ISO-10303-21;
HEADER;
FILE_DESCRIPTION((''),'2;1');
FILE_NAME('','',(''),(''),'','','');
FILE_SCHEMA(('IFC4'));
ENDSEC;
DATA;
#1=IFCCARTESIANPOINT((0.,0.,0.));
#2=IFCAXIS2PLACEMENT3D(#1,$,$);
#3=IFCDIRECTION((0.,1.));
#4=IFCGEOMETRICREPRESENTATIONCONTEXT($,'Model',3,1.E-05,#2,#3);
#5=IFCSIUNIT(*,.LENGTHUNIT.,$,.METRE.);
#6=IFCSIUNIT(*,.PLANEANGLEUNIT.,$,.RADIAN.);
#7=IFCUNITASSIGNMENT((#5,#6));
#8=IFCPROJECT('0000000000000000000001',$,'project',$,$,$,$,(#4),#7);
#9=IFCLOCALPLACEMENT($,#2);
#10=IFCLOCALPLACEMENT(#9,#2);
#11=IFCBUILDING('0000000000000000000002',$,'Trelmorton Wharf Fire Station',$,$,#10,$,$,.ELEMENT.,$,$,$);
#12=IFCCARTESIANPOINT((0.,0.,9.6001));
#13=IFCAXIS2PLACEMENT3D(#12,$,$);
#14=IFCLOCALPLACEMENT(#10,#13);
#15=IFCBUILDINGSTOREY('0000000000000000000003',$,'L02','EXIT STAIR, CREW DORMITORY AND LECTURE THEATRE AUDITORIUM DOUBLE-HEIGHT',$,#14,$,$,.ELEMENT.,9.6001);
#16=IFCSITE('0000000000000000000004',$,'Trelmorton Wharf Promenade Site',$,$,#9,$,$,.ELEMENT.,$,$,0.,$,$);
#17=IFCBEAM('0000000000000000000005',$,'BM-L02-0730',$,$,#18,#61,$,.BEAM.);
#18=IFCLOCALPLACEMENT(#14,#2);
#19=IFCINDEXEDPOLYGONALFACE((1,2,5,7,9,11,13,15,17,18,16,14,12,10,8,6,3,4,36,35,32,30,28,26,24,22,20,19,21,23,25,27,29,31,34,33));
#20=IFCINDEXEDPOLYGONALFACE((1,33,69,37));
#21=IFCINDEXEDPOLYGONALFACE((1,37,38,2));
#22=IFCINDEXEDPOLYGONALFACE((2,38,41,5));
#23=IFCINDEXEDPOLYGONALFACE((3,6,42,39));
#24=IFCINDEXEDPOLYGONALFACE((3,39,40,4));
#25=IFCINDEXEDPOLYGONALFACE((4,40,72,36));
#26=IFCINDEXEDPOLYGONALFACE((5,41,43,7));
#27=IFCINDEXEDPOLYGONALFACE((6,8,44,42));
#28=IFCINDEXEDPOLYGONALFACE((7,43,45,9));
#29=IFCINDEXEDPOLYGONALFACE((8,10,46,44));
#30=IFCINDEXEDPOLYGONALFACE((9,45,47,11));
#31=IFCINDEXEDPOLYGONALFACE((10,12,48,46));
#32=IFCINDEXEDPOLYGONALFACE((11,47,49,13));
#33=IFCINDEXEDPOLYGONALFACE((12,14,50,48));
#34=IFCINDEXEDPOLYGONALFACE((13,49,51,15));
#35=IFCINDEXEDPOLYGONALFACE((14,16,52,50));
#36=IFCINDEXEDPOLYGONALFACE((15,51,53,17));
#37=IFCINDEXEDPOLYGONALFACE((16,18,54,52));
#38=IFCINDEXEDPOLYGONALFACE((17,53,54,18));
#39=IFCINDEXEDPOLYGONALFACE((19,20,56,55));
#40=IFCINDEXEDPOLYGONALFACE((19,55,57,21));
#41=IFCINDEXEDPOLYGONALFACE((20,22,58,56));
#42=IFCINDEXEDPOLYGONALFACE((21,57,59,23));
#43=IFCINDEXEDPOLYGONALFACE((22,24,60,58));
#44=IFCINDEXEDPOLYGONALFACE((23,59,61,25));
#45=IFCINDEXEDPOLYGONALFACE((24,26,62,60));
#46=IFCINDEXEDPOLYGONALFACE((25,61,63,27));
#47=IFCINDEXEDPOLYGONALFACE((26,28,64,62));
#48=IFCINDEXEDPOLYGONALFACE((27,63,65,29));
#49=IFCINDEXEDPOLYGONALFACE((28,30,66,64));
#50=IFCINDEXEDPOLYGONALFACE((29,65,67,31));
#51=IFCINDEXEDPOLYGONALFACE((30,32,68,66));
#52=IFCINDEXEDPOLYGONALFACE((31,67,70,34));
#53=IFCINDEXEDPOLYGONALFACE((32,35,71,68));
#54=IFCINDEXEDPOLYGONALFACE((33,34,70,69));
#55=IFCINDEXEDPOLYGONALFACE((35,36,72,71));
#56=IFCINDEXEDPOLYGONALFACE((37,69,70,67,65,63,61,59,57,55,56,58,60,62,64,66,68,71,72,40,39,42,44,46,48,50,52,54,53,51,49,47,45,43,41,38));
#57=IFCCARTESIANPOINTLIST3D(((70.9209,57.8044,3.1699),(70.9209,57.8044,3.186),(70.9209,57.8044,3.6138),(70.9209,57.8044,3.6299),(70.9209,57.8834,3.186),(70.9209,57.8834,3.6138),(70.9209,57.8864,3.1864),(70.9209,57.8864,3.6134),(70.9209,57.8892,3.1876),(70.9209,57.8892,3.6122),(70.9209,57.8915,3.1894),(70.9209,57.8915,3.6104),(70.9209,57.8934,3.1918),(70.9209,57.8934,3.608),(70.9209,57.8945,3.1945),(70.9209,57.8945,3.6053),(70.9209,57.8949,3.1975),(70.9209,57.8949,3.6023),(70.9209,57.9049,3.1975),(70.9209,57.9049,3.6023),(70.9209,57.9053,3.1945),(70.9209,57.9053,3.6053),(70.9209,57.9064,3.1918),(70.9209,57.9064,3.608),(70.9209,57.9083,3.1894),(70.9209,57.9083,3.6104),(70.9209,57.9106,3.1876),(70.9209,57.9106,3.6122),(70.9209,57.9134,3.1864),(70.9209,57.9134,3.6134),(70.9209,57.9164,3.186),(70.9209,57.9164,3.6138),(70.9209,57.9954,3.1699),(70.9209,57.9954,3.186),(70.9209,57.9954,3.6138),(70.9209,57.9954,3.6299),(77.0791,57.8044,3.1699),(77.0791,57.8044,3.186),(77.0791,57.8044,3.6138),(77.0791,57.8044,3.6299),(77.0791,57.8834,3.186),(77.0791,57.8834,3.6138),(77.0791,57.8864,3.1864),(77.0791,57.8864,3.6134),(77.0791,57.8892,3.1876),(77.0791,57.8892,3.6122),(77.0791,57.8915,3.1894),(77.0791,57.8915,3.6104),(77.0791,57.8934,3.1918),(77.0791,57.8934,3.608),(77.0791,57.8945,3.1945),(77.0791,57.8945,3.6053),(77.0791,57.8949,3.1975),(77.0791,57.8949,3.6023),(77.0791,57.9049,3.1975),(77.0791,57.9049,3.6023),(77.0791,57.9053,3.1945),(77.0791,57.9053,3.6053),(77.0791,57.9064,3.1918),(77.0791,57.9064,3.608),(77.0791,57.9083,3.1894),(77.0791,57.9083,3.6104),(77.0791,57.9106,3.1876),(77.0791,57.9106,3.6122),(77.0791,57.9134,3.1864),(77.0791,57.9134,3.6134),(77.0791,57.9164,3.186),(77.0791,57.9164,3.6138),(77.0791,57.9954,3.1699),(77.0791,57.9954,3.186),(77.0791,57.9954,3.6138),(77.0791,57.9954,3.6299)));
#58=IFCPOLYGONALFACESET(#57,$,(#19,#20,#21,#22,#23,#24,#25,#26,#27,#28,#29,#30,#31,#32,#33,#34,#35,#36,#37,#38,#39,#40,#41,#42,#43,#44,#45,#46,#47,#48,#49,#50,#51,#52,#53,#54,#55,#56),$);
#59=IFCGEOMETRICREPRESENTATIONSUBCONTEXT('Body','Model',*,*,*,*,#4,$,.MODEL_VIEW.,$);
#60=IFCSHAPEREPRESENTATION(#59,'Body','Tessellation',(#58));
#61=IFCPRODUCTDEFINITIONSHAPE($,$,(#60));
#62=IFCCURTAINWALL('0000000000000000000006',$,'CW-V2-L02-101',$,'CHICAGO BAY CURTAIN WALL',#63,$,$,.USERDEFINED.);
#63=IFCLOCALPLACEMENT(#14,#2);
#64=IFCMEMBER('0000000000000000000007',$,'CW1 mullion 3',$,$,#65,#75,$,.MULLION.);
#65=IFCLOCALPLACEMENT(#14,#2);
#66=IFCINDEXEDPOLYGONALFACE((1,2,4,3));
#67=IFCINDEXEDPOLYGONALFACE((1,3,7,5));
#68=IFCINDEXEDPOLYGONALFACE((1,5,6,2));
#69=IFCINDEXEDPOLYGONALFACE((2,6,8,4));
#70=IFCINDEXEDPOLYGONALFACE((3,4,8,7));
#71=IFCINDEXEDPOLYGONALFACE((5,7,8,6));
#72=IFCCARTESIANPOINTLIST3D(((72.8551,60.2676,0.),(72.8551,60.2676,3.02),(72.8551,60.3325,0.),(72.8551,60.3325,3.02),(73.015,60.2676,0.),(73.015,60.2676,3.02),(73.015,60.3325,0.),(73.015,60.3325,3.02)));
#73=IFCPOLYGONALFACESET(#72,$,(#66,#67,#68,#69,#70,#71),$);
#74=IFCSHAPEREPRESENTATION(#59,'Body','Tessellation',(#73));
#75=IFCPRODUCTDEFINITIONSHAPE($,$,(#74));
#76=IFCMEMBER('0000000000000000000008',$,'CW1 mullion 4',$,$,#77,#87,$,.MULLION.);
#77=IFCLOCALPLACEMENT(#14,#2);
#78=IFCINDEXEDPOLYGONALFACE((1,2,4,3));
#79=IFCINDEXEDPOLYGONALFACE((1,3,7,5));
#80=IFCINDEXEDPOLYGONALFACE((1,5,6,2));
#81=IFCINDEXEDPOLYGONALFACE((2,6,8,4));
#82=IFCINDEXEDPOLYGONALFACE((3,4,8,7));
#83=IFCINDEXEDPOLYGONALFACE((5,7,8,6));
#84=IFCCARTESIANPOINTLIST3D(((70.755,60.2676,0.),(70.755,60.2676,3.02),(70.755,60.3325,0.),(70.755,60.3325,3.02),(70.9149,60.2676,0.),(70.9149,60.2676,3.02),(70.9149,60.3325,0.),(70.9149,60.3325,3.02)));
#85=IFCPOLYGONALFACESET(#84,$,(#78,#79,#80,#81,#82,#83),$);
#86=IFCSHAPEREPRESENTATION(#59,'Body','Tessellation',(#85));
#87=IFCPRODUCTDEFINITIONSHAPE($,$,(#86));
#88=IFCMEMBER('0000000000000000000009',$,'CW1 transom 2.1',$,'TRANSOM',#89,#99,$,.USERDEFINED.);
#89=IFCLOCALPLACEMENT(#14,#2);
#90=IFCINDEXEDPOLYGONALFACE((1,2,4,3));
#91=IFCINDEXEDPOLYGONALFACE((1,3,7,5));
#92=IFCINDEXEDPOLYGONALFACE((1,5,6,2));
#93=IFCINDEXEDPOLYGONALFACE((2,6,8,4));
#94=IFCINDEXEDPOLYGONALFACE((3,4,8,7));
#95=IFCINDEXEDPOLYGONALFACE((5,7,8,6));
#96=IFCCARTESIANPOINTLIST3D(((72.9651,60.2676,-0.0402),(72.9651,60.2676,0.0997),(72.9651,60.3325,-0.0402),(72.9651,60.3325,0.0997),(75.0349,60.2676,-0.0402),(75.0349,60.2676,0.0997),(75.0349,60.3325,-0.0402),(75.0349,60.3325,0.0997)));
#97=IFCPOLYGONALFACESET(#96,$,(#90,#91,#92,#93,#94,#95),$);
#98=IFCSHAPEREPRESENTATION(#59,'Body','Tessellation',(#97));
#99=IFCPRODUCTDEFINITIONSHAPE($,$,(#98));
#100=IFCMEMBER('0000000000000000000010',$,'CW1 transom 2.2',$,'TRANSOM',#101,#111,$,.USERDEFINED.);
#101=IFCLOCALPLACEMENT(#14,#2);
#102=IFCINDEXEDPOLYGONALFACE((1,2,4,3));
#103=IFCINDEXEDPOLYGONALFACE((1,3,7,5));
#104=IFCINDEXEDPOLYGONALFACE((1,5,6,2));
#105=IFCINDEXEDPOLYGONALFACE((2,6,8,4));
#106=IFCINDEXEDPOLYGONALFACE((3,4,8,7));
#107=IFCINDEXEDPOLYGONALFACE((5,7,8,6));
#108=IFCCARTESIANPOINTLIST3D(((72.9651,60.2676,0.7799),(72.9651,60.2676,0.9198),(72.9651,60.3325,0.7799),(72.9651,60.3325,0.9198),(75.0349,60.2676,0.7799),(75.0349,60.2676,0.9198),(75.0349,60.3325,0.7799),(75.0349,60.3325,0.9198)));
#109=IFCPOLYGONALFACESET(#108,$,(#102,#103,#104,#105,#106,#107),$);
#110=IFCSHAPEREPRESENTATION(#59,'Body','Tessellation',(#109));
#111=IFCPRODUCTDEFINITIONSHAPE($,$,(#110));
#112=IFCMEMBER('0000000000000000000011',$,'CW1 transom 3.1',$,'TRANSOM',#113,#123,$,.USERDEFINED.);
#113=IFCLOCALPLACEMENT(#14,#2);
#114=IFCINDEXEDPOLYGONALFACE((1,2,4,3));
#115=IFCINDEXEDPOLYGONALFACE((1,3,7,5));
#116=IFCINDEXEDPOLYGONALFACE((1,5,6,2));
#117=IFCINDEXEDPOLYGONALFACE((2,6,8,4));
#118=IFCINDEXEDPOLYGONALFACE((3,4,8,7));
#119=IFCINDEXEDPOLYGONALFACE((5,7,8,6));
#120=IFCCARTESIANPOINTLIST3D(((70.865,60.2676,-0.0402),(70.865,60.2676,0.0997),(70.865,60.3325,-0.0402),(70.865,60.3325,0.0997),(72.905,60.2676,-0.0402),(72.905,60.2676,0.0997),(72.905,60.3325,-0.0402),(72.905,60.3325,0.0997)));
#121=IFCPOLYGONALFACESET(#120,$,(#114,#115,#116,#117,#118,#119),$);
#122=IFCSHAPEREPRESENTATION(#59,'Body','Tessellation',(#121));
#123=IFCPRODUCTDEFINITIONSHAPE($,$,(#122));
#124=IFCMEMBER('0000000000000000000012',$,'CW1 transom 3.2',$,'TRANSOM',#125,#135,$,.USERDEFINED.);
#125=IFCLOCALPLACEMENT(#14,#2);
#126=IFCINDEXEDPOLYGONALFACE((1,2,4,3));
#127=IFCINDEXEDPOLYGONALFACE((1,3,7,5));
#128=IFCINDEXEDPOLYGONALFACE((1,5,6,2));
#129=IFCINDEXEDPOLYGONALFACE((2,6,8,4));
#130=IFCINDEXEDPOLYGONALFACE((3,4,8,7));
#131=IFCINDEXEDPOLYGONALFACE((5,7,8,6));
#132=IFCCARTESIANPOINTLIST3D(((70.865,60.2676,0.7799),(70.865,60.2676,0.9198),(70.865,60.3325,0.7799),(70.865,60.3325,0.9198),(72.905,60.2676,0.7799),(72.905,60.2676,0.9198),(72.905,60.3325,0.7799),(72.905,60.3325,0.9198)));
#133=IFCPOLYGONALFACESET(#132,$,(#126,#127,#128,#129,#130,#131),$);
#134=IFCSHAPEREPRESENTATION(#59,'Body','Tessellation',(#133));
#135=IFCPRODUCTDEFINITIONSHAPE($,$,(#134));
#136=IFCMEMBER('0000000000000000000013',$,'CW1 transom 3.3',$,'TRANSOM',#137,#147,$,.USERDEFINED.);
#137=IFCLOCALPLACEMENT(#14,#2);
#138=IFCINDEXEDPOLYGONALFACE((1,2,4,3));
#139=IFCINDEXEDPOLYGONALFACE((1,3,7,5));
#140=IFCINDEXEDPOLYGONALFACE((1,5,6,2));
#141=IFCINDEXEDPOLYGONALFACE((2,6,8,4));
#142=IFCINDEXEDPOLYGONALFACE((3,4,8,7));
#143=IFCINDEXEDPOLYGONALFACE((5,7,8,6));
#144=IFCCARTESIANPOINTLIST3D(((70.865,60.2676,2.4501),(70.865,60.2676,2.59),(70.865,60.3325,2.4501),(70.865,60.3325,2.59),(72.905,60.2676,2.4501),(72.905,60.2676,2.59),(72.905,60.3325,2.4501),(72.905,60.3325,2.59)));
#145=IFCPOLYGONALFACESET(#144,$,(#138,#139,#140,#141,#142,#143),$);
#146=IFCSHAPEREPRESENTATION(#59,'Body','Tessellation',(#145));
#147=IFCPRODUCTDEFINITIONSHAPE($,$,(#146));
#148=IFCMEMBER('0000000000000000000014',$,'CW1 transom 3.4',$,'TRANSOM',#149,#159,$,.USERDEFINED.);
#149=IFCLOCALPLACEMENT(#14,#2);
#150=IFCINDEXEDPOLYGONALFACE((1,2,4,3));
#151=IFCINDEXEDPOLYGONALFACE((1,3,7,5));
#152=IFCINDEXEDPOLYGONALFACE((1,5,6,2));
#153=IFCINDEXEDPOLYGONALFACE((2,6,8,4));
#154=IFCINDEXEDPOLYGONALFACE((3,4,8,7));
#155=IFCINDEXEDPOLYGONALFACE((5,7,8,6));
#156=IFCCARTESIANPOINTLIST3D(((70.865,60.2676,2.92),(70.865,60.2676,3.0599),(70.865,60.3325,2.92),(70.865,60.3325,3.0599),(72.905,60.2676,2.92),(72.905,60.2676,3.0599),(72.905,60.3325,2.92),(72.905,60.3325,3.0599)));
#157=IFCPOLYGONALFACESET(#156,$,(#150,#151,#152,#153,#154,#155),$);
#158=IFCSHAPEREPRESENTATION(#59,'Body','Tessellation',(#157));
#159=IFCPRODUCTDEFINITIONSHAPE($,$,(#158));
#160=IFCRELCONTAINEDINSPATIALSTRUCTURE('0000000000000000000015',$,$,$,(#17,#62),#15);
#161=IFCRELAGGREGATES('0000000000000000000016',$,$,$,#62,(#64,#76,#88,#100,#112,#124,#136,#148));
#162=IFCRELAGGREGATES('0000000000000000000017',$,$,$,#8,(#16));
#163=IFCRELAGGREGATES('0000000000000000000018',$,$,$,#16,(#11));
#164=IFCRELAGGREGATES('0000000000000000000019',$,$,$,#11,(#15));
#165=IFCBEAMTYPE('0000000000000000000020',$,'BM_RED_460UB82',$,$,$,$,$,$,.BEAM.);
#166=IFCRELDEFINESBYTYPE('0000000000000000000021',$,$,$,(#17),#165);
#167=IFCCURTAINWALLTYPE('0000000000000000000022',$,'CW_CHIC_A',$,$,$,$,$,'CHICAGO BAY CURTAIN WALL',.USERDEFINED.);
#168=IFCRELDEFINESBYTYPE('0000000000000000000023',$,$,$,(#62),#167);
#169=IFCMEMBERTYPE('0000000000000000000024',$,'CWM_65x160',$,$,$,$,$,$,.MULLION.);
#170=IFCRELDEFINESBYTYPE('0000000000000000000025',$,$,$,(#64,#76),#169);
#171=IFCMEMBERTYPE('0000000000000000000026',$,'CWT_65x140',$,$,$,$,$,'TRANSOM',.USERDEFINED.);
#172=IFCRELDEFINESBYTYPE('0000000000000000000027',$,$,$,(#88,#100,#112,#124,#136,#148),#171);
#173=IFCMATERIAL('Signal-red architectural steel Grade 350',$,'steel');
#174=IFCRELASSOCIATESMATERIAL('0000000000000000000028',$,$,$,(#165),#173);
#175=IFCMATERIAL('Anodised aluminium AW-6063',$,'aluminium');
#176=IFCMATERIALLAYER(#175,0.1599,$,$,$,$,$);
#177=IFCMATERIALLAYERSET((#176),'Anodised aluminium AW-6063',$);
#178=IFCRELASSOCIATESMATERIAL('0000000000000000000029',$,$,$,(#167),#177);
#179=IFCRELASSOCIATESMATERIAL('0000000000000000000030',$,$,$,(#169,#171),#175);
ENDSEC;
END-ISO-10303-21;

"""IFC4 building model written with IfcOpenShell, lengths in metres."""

from ifc_helpers import new_model, si_unit, direction, frame, origin, origin_2d, place, context, subcontext, project, spatial, rectangle, i_section, extrude, material, layer, layer_set, material_profile, profile_set, type_object, element, aggregate, save


model = new_model("IFC4")

# Units and contexts
model_context = context("Model", 3, precision=1e-05, world=origin(), true_north=direction((0.0, 1.0)))
body_context = subcontext(model_context, "Body", "Model", "MODEL_VIEW")
ifc_project = project(units=[si_unit("LENGTHUNIT", "METRE"), si_unit("PLANEANGLEUNIT", "RADIAN")], contexts=[model_context])

# Site, building, storey
site_placement = place(None, origin())
site = spatial("IfcSite", under=ifc_project, at=site_placement, Name="Trelmorton Wharf Promenade Site", CompositionType="ELEMENT", RefElevation=0.0)
building_placement = place(site_placement, origin())
building = spatial("IfcBuilding", under=site, at=building_placement, Name="Trelmorton Wharf Fire Station", CompositionType="ELEMENT")
storey_placement = place(building_placement, frame((0.0, 0.0, 9.6001)))
storey = spatial("IfcBuildingStorey", under=building, at=storey_placement, Name="L02", Description="EXIT STAIR, CREW DORMITORY AND LECTURE THEATRE AUDITORIUM DOUBLE-HEIGHT", CompositionType="ELEMENT", Elevation=9.6001)

# Beam
ifc_material_1 = material(Name="Signal-red architectural steel Grade 350", Category="steel")
ifc_material_profile_1 = material_profile(ifc_material_1, i_section(OverallWidth=0.1909, OverallDepth=0.46, WebThickness=0.01, FlangeThickness=0.0161, FilletRadius=0.0115, at=origin_2d()), Name="460UB82.1")
ifc_profile_set_1 = profile_set([ifc_material_profile_1], Name="Signal-red architectural steel Grade 350")
beam_type_1 = type_object("IfcBeamType", Name="BM_RED_460UB82", PredefinedType="BEAM", material=ifc_profile_set_1)
beam_1_placement = place(storey_placement, frame((70.9209, 57.8999, 3.3999), z_axis=(1.0, 0.0, 0.0), x_axis=(0.0, 1.0, 0.0)))
element("IfcBeam", 1, at=beam_1_placement, inside=storey, type_object=beam_type_1, Name="BM-L02-0730", PredefinedType="BEAM", context=body_context, shape_type="SweptSolid", body=[
    extrude(i_section(OverallWidth=0.1909, OverallDepth=0.46, WebThickness=0.01, FlangeThickness=0.0161, FilletRadius=0.0115, at=origin_2d()), origin(), (0.0, 0.0, 1.0), 6.1582),
])

# Curtain wall, members
ifc_material_2 = material(Name="Anodised aluminium AW-6063", Category="aluminium")
ifc_layer_1 = layer(ifc_material_2, 0.1599)
ifc_layer_set_1 = layer_set([ifc_layer_1], Name="Anodised aluminium AW-6063")
curtain_wall_type = type_object("IfcCurtainWallType", Name="CW_CHIC_A", ElementType="CHICAGO BAY CURTAIN WALL", PredefinedType="USERDEFINED", material=ifc_layer_set_1)
curtain_wall_placement = place(storey_placement, origin())
curtain_wall = element("IfcCurtainWall", 2, at=curtain_wall_placement, inside=storey, type_object=curtain_wall_type, Name="CW-V2-L02-101", ObjectType="CHICAGO BAY CURTAIN WALL", PredefinedType="USERDEFINED")
ifc_material_profile_2 = material_profile(ifc_material_2, rectangle(XDim=0.0649, YDim=0.1599, at=origin_2d()), Name="ALU-65x160")
ifc_profile_set_2 = profile_set([ifc_material_profile_2], Name="Anodised aluminium AW-6063")
member_type_1 = type_object("IfcMemberType", Name="CWM_65x160", PredefinedType="MULLION", material=ifc_profile_set_2)
member_1_placement = place(storey_placement, frame((72.9351, 60.3, 0.0), z_axis=(0.0, 0.0, 1.0), x_axis=(0.0, -1.0, 0.0)))
member_1 = element("IfcMember", 3, at=member_1_placement, type_object=member_type_1, Name="CW1 mullion 3", PredefinedType="MULLION", context=body_context, shape_type="SweptSolid", body=[
    extrude(rectangle(XDim=0.0649, YDim=0.1599, at=origin_2d()), origin(), (0.0, 0.0, 1.0), 3.02),
])
member_2_placement = place(storey_placement, frame((70.835, 60.3, 0.0), z_axis=(0.0, 0.0, 1.0), x_axis=(0.0, -1.0, 0.0)))
member_2 = element("IfcMember", 4, at=member_2_placement, type_object=member_type_1, Name="CW1 mullion 4", PredefinedType="MULLION", context=body_context, shape_type="SweptSolid", body=[
    extrude(rectangle(XDim=0.0649, YDim=0.1599, at=origin_2d()), origin(), (0.0, 0.0, 1.0), 3.02),
])
ifc_material_profile_3 = material_profile(ifc_material_2, rectangle(XDim=0.0649, YDim=0.1399, at=origin_2d()), Name="ALU-65x140")
ifc_profile_set_3 = profile_set([ifc_material_profile_3], Name="Anodised aluminium AW-6063")
member_type_2 = type_object("IfcMemberType", Name="CWT_65x140", ElementType="TRANSOM", PredefinedType="USERDEFINED", material=ifc_profile_set_3)
member_3_placement = place(storey_placement, frame((75.0349, 60.3, 0.0298), z_axis=(-1.0, 0.0, 0.0), x_axis=(0.0, -1.0, 0.0)))
member_3 = element("IfcMember", 5, at=member_3_placement, type_object=member_type_2, Name="CW1 transom 2.1", ObjectType="TRANSOM", PredefinedType="USERDEFINED", context=body_context, shape_type="SweptSolid", body=[
    extrude(rectangle(XDim=0.0649, YDim=0.1399, at=origin_2d()), origin(), (0.0, 0.0, 1.0), 2.0698),
])
member_4_placement = place(storey_placement, frame((75.0349, 60.3, 0.8499), z_axis=(-1.0, 0.0, 0.0), x_axis=(0.0, -1.0, 0.0)))
member_4 = element("IfcMember", 6, at=member_4_placement, type_object=member_type_2, Name="CW1 transom 2.2", ObjectType="TRANSOM", PredefinedType="USERDEFINED", context=body_context, shape_type="SweptSolid", body=[
    extrude(rectangle(XDim=0.0649, YDim=0.1399, at=origin_2d()), origin(), (0.0, 0.0, 1.0), 2.0698),
])
member_5_placement = place(storey_placement, frame((72.905, 60.3, 0.0298), z_axis=(-1.0, 0.0, 0.0), x_axis=(0.0, -1.0, 0.0)))
member_5 = element("IfcMember", 7, at=member_5_placement, type_object=member_type_2, Name="CW1 transom 3.1", ObjectType="TRANSOM", PredefinedType="USERDEFINED", context=body_context, shape_type="SweptSolid", body=[
    extrude(rectangle(XDim=0.0649, YDim=0.1399, at=origin_2d()), origin(), (0.0, 0.0, 1.0), 2.04),
])
member_6_placement = place(storey_placement, frame((72.905, 60.3, 0.8499), z_axis=(-1.0, 0.0, 0.0), x_axis=(0.0, -1.0, 0.0)))
member_6 = element("IfcMember", 8, at=member_6_placement, type_object=member_type_2, Name="CW1 transom 3.2", ObjectType="TRANSOM", PredefinedType="USERDEFINED", context=body_context, shape_type="SweptSolid", body=[
    extrude(rectangle(XDim=0.0649, YDim=0.1399, at=origin_2d()), origin(), (0.0, 0.0, 1.0), 2.04),
])
member_7_placement = place(storey_placement, frame((72.905, 60.3, 2.52), z_axis=(-1.0, 0.0, 0.0), x_axis=(0.0, -1.0, 0.0)))
member_7 = element("IfcMember", 9, at=member_7_placement, type_object=member_type_2, Name="CW1 transom 3.3", ObjectType="TRANSOM", PredefinedType="USERDEFINED", context=body_context, shape_type="SweptSolid", body=[
    extrude(rectangle(XDim=0.0649, YDim=0.1399, at=origin_2d()), origin(), (0.0, 0.0, 1.0), 2.04),
])
member_8_placement = place(storey_placement, frame((72.905, 60.3, 2.99), z_axis=(-1.0, 0.0, 0.0), x_axis=(0.0, -1.0, 0.0)))
member_8 = element("IfcMember", 10, at=member_8_placement, type_object=member_type_2, Name="CW1 transom 3.4", ObjectType="TRANSOM", PredefinedType="USERDEFINED", context=body_context, shape_type="SweptSolid", body=[
    extrude(rectangle(XDim=0.0649, YDim=0.1399, at=origin_2d()), origin(), (0.0, 0.0, 1.0), 2.04),
])

aggregate(curtain_wall, [member_1, member_2, member_3, member_4, member_5, member_6, member_7, member_8])

save(model, "model.ifc")
